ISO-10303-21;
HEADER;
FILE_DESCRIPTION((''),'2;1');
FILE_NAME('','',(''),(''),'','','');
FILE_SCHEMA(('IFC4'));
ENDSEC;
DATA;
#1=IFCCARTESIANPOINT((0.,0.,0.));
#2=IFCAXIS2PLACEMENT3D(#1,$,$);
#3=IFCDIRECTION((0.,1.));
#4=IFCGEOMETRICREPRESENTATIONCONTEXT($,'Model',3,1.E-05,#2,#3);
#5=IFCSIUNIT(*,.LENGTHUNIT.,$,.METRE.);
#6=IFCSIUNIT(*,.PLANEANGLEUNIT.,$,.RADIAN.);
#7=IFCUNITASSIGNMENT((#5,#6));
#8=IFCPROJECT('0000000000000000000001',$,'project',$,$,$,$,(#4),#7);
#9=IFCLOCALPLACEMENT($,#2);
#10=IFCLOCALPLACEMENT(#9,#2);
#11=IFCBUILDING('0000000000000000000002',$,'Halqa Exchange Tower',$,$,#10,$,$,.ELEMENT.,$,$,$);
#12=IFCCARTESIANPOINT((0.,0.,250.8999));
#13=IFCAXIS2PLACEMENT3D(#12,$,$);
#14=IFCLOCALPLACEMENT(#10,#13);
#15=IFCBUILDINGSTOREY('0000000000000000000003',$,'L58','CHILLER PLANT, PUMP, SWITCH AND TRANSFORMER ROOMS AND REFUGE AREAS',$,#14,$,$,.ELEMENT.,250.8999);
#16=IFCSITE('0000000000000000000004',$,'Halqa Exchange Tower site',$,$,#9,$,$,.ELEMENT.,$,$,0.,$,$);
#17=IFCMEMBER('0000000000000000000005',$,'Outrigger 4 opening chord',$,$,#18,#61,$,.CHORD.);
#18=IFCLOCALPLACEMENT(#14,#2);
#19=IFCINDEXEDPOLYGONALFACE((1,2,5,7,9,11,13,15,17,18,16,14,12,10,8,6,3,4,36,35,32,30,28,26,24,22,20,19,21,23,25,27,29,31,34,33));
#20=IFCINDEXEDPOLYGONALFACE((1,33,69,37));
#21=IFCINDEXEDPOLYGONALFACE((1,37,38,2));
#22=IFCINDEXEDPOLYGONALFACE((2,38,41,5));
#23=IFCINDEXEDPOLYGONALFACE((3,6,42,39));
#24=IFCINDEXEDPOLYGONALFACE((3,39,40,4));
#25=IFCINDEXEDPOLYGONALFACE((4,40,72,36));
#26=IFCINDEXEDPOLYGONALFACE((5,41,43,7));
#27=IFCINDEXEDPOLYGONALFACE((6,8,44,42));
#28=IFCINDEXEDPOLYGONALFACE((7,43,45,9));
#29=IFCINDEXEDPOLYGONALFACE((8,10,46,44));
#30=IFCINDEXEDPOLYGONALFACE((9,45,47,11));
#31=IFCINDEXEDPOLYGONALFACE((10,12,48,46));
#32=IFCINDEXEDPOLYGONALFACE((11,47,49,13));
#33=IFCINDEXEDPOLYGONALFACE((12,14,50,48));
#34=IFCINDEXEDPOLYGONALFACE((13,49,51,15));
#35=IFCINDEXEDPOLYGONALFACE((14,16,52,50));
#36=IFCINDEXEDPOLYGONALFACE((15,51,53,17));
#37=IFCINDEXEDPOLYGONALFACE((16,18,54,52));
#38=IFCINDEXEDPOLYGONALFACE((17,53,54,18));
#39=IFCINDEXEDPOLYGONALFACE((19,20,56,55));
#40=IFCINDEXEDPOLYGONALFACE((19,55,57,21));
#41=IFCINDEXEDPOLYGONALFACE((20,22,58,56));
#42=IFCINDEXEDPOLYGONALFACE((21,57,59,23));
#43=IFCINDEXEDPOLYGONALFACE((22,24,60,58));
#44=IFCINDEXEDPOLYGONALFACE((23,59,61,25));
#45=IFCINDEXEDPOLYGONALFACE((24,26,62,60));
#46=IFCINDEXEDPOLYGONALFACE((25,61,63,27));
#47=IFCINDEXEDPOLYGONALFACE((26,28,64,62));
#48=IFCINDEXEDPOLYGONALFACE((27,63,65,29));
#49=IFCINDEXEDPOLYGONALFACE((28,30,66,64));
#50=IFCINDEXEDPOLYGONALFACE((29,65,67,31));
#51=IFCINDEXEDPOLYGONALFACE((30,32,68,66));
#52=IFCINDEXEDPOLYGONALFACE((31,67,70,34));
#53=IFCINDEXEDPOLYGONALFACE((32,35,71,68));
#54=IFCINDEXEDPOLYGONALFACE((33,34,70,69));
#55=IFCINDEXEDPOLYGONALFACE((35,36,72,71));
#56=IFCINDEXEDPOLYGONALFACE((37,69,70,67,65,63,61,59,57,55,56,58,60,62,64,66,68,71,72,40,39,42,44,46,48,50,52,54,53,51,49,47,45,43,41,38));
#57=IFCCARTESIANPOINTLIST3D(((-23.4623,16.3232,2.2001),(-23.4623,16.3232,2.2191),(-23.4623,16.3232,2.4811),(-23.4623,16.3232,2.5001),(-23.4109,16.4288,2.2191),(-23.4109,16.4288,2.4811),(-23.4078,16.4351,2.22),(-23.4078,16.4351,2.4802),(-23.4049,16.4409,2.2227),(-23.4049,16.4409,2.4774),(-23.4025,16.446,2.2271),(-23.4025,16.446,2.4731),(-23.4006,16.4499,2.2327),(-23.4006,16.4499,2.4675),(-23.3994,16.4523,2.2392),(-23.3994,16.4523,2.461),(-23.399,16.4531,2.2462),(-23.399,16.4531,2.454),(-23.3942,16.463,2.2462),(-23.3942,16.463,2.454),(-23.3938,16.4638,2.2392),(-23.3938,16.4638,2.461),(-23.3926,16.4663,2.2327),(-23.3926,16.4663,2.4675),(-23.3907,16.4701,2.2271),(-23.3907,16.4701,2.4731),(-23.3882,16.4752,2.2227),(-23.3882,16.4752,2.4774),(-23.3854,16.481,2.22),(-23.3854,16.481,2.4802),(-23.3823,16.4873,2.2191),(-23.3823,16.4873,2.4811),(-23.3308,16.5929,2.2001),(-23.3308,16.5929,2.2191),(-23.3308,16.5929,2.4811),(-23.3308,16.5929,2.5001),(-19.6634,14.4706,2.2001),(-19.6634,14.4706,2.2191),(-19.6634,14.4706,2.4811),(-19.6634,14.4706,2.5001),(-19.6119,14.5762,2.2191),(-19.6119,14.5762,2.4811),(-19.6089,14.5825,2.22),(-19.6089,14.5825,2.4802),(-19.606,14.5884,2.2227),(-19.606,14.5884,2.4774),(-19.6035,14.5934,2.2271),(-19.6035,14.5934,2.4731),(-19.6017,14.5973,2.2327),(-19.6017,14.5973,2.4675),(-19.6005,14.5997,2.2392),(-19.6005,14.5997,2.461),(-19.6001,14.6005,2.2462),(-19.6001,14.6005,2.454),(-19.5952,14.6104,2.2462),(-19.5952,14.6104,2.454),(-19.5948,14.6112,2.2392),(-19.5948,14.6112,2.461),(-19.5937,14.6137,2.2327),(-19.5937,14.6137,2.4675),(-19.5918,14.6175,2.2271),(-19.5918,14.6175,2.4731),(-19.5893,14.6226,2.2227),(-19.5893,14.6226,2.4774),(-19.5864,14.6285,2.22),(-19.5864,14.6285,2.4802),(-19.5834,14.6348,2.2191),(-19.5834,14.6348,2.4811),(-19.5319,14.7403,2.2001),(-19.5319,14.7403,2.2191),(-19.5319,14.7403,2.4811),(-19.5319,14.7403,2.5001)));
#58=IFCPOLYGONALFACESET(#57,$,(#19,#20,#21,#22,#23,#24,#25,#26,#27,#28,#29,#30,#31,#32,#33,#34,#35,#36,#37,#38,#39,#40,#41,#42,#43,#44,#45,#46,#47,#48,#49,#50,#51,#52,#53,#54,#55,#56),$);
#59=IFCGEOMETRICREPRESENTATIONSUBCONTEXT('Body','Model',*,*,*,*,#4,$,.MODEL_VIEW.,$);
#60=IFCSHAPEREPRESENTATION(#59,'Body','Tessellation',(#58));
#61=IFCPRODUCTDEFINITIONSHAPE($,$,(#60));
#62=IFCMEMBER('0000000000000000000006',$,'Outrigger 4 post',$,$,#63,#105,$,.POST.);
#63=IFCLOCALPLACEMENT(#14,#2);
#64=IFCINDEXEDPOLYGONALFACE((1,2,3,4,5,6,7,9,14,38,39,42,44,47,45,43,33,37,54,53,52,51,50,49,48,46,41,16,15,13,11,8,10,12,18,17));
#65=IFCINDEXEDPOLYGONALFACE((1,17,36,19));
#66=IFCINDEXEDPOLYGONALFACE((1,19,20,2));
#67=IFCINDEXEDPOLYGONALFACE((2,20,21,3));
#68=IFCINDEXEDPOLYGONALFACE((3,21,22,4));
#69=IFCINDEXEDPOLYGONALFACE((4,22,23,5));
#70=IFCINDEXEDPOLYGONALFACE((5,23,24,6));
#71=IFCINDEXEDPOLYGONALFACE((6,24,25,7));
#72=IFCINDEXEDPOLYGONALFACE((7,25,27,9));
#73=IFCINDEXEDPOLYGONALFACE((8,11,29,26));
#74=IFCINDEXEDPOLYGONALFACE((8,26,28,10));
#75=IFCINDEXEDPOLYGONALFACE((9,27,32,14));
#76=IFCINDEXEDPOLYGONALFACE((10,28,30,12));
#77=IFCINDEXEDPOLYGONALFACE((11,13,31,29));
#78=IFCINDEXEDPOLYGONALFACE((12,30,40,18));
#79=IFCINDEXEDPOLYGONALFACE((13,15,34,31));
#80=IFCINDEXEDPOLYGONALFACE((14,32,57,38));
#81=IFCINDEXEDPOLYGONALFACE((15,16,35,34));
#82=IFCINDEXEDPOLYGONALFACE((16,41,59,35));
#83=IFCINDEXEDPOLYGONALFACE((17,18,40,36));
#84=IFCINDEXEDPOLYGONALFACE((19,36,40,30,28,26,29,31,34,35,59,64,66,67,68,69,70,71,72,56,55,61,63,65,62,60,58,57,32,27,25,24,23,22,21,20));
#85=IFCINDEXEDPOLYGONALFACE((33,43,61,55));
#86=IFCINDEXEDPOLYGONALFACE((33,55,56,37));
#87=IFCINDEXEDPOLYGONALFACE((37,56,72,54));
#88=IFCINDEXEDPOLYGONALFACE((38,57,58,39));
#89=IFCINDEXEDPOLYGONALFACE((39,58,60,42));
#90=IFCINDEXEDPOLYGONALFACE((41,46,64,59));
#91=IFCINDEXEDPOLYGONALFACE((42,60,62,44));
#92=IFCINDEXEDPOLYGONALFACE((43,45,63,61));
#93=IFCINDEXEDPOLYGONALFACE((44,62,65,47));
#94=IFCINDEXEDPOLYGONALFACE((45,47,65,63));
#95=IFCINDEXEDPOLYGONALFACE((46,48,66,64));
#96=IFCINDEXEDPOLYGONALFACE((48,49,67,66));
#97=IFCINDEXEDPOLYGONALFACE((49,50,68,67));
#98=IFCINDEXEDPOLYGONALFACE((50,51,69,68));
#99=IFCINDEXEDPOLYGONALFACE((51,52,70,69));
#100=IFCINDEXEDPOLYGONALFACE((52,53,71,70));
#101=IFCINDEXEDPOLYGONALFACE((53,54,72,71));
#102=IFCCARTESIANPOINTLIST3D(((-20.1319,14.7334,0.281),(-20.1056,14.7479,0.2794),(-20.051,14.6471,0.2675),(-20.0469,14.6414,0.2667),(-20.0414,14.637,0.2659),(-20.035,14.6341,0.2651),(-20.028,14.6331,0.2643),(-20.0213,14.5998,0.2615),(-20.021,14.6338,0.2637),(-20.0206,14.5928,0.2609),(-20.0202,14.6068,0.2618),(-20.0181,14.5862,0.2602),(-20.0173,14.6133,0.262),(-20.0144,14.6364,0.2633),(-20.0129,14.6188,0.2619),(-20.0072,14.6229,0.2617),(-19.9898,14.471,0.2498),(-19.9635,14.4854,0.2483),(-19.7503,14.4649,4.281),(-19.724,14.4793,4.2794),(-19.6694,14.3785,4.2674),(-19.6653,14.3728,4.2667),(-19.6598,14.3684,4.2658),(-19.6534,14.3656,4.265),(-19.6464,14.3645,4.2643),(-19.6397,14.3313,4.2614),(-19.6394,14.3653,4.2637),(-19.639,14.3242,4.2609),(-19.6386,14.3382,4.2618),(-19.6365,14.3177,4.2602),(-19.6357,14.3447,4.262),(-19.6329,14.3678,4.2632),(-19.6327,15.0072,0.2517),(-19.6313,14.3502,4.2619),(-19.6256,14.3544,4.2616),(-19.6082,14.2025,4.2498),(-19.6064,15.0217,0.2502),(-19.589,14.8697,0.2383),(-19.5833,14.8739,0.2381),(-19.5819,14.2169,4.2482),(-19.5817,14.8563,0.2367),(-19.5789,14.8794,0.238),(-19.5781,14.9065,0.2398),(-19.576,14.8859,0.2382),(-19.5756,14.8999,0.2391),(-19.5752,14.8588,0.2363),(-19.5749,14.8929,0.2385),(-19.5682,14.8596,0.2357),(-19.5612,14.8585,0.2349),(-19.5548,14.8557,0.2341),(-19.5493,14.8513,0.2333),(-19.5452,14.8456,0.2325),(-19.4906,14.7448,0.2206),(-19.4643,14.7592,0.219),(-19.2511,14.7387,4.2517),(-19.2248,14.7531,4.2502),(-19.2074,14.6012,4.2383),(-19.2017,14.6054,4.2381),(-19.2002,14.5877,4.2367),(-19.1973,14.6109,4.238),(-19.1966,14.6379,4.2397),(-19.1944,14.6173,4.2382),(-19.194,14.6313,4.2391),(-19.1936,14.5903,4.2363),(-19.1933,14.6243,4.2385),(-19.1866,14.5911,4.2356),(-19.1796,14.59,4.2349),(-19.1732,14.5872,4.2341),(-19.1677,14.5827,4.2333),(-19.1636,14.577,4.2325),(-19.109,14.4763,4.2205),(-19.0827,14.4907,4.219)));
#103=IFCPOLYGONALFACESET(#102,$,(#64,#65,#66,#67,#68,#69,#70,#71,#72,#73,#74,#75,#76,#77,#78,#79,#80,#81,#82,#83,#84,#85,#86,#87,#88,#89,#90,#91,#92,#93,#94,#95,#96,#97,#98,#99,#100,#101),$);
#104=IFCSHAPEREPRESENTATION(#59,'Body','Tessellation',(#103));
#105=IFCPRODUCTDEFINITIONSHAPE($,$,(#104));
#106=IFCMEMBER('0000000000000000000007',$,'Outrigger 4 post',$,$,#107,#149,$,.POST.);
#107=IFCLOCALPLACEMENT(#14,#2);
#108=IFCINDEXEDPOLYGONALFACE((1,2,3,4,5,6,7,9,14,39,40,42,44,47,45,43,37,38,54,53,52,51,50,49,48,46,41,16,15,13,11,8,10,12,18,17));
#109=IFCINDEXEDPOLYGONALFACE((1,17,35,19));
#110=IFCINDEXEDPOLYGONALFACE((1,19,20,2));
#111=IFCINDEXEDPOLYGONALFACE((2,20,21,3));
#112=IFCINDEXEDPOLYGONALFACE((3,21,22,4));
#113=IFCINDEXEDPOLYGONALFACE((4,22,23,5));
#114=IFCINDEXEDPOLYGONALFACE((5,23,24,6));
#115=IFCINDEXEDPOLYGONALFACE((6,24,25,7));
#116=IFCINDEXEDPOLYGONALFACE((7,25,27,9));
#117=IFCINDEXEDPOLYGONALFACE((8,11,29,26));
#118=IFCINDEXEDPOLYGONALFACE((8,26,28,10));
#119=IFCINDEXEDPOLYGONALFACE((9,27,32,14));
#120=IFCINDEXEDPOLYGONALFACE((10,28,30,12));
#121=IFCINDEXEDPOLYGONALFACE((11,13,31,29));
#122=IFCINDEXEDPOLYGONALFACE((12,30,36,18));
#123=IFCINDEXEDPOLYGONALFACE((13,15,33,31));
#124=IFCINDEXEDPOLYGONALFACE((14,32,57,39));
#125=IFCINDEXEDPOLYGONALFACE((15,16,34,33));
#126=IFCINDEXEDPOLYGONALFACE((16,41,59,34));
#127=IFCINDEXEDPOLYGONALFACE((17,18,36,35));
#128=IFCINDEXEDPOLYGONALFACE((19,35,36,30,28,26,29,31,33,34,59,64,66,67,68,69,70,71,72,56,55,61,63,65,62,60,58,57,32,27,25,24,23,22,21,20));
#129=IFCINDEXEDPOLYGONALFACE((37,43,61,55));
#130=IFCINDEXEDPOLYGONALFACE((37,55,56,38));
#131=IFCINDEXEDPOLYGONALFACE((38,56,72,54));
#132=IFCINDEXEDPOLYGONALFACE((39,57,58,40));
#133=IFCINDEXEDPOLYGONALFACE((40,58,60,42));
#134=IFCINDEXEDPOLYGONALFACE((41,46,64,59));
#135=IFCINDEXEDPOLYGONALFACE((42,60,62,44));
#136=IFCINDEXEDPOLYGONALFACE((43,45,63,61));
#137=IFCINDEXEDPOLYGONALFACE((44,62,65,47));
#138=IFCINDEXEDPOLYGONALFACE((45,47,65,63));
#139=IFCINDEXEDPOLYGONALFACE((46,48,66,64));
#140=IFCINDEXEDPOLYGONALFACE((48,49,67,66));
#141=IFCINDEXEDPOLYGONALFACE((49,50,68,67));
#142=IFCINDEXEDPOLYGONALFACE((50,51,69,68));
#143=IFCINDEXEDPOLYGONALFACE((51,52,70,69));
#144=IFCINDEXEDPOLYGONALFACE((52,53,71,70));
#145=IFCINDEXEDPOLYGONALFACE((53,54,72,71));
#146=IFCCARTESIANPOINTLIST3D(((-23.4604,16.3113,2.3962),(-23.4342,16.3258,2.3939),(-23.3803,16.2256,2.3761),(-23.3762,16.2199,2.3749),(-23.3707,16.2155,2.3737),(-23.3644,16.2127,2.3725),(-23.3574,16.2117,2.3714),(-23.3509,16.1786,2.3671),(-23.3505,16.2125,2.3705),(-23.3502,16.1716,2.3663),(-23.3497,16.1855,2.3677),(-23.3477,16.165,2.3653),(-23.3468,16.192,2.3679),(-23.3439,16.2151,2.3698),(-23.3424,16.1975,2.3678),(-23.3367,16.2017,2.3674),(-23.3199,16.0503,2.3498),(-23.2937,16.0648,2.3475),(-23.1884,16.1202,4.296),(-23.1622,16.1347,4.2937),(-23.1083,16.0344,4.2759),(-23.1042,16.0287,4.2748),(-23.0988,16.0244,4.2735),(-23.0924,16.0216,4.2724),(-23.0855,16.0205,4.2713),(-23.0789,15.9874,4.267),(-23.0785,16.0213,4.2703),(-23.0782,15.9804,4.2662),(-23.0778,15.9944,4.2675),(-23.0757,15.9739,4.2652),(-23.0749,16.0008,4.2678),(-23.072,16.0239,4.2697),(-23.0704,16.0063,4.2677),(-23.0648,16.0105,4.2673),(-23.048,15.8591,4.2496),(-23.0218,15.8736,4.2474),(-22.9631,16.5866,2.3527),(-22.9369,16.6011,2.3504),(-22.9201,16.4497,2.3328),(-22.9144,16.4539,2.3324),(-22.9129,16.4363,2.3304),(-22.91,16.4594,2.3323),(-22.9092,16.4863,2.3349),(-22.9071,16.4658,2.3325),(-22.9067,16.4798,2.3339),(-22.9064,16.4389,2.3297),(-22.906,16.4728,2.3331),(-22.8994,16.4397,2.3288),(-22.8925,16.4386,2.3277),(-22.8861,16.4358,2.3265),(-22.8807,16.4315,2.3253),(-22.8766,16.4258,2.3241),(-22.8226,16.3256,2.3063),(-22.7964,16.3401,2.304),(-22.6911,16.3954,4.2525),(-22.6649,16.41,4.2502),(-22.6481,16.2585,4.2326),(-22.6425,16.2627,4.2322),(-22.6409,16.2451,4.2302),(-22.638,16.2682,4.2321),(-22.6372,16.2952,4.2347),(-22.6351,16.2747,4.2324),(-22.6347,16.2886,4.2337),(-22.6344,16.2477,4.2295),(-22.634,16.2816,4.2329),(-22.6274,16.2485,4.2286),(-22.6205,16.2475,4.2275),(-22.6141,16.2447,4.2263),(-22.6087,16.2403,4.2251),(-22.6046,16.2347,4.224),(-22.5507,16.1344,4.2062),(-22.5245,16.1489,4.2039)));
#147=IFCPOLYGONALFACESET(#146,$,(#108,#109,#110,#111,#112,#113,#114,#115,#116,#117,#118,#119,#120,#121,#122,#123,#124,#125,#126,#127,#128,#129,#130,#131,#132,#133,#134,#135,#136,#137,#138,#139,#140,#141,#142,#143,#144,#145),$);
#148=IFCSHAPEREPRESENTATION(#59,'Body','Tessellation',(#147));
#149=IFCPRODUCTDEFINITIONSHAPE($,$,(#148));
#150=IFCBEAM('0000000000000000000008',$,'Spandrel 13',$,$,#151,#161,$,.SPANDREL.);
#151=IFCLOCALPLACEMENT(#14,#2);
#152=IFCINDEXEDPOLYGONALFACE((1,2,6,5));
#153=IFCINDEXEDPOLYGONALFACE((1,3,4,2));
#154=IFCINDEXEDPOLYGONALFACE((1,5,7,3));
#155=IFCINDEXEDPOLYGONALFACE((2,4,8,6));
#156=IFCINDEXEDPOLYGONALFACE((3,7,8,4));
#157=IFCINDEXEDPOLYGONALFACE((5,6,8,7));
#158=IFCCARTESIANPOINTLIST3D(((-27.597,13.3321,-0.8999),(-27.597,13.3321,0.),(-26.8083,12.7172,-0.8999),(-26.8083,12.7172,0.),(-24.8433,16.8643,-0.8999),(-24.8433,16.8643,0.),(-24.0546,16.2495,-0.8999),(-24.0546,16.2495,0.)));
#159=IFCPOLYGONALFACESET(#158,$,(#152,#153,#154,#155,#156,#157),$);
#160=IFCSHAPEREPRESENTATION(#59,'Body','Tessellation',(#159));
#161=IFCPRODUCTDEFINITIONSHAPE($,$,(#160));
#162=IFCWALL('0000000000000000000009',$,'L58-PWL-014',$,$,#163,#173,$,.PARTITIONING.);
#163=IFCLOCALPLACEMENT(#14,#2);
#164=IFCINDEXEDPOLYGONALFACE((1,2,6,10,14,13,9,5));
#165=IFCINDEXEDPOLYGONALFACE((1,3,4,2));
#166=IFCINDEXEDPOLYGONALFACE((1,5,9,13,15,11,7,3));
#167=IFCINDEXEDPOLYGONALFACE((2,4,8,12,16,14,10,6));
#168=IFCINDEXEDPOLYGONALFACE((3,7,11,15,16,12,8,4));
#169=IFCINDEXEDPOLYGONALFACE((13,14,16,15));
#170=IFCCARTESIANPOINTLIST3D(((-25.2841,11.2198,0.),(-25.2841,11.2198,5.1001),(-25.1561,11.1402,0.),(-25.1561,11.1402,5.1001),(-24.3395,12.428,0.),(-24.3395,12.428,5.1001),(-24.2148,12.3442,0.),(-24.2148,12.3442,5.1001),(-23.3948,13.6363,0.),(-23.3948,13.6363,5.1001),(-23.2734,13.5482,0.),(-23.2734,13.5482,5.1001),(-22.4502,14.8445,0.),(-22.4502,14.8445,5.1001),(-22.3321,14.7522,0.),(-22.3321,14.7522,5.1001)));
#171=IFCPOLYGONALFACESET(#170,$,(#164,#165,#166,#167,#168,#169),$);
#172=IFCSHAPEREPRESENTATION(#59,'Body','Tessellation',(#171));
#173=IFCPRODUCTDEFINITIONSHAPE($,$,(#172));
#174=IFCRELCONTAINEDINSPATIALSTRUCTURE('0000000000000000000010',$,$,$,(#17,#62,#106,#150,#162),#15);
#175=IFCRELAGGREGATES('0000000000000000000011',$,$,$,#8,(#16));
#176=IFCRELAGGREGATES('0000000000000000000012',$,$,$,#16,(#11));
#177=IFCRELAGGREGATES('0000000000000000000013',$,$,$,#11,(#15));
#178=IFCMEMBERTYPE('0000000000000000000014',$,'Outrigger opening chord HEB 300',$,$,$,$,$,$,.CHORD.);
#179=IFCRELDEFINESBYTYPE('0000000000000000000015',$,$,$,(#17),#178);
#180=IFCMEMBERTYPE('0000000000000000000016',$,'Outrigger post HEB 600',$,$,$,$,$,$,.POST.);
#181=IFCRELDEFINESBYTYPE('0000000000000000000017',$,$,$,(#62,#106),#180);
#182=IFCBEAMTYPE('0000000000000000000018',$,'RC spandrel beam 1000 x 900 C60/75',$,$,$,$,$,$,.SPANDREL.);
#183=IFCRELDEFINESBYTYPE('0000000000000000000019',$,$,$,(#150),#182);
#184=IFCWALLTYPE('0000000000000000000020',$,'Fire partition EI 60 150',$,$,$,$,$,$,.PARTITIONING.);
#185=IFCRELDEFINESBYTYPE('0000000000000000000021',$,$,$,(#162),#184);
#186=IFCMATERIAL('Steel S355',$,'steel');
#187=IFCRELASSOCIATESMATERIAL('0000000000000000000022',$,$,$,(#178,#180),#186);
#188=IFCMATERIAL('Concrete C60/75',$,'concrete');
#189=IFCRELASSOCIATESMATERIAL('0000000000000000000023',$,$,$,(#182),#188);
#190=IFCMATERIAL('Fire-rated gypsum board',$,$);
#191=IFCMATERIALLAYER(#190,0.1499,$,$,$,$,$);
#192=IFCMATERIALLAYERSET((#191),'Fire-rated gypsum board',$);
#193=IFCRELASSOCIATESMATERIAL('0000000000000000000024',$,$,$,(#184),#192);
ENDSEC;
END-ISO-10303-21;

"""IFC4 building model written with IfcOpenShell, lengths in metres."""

from ifc_helpers import new_model, si_unit, direction, frame, origin, origin_2d, place, context, subcontext, project, spatial, polyline, rectangle, i_section, outline, extrude, material, layer, layer_set, material_profile, profile_set, type_object, element, save


model = new_model("IFC4")

# Units and contexts
model_context = context("Model", 3, precision=1e-05, world=origin(), true_north=direction((0.0, 1.0)))
body_context = subcontext(model_context, "Body", "Model", "MODEL_VIEW")
ifc_project = project(units=[si_unit("LENGTHUNIT", "METRE"), si_unit("PLANEANGLEUNIT", "RADIAN")], contexts=[model_context])

# Site, building, storey
site_placement = place(None, origin())
site = spatial("IfcSite", under=ifc_project, at=site_placement, Name="Halqa Exchange Tower site", CompositionType="ELEMENT", RefElevation=0.0)
building_placement = place(site_placement, origin())
building = spatial("IfcBuilding", under=site, at=building_placement, Name="Halqa Exchange Tower", CompositionType="ELEMENT")
storey_placement = place(building_placement, frame((0.0, 0.0, 250.8999)))
storey = spatial("IfcBuildingStorey", under=building, at=storey_placement, Name="L58", Description="CHILLER PLANT, PUMP, SWITCH AND TRANSFORMER ROOMS AND REFUGE AREAS", CompositionType="ELEMENT", Elevation=250.8999)

# Shared definitions
ifc_material_1 = material(Name="Concrete C60/75", Category="concrete")

# Members
ifc_material_2 = material(Name="Steel S355", Category="steel")
ifc_material_profile_1 = material_profile(ifc_material_2, i_section(OverallWidth=0.3, OverallDepth=0.3, WebThickness=0.011, FlangeThickness=0.019, FilletRadius=0.0271, at=origin_2d()), Name="HEB 300")
ifc_profile_set_1 = profile_set([ifc_material_profile_1], Name="Steel S355")
member_type_1 = type_object("IfcMemberType", Name="Outrigger opening chord HEB 300", PredefinedType="CHORD", material=ifc_profile_set_1)
member_1_placement = place(storey_placement, frame((-19.5977, 14.6055, 2.3501), z_axis=(-0.89882, 0.438319, 0.0), x_axis=(-0.438319, -0.89882, 0.0)))
element("IfcMember", 1, at=member_1_placement, inside=storey, type_object=member_type_1, Name="Outrigger 4 opening chord", PredefinedType="CHORD", context=body_context, shape_type="SweptSolid", body=[
    extrude(i_section(OverallWidth=0.3, OverallDepth=0.3, WebThickness=0.011, FlangeThickness=0.019, FilletRadius=0.0271, at=origin_2d()), origin(), (0.0, 0.0, 1.0), 4.2266),
])
ifc_material_profile_2 = material_profile(ifc_material_2, i_section(OverallWidth=0.3, OverallDepth=0.6001, WebThickness=0.0154, FlangeThickness=0.03, FilletRadius=0.0271, at=origin_2d()), Name="HEB 600")
ifc_profile_set_2 = profile_set([ifc_material_profile_2], Name="Steel S355")
member_type_2 = type_object("IfcMemberType", Name="Outrigger post HEB 600", PredefinedType="POST", material=ifc_profile_set_2)
member_2_placement = place(storey_placement, frame((-19.7981, 14.7463, 0.25), z_axis=(0.094755, -0.066686, 0.993264), x_axis=(0.473631, -0.874573, -0.103901)))
element("IfcMember", 2, at=member_2_placement, inside=storey, type_object=member_type_2, Name="Outrigger 4 post", PredefinedType="POST", context=body_context, shape_type="SweptSolid", body=[
    extrude(i_section(OverallWidth=0.3, OverallDepth=0.6001, WebThickness=0.0154, FlangeThickness=0.03, FilletRadius=0.0271, at=origin_2d()), origin(), (0.0, 0.0, 1.0), 4.0271),
])
member_3_placement = place(storey_placement, frame((-23.1284, 16.3257, 2.3501), z_axis=(0.141009, -0.099111, 0.985035), x_axis=(0.468122, -0.870043, -0.154553)))
element("IfcMember", 3, at=member_3_placement, inside=storey, type_object=member_type_2, Name="Outrigger 4 post", PredefinedType="POST", context=body_context, shape_type="SweptSolid", body=[
    extrude(i_section(OverallWidth=0.3, OverallDepth=0.6001, WebThickness=0.0154, FlangeThickness=0.03, FilletRadius=0.0271, at=origin_2d()), origin(), (0.0, 0.0, 1.0), 1.9287),
])

# Beam
ifc_material_profile_3 = material_profile(ifc_material_1, rectangle(XDim=1.0, YDim=0.8999, at=origin_2d()), Name="1000 x 900")
ifc_profile_set_3 = profile_set([ifc_material_profile_3], Name="Concrete C60/75")
beam_type = type_object("IfcBeamType", Name="RC spandrel beam 1000 x 900 C60/75", PredefinedType="SPANDREL", material=ifc_profile_set_3)
beam_placement = place(storey_placement, frame((-24.449, 16.5569, -0.45), z_axis=(-0.614827, -0.788662, 0.0), x_axis=(0.788662, -0.614827, 0.0)))
element("IfcBeam", 4, at=beam_placement, inside=storey, type_object=beam_type, Name="Spandrel 13", PredefinedType="SPANDREL", context=body_context, shape_type="SweptSolid", body=[
    extrude(rectangle(XDim=1.0, YDim=0.8999, at=origin_2d()), origin(), (0.0, 0.0, 1.0), 4.4788),
])

# Wall
ifc_material_3 = material(Name="Fire-rated gypsum board")
ifc_layer_1 = layer(ifc_material_3, 0.1499)
ifc_layer_set_1 = layer_set([ifc_layer_1], Name="Fire-rated gypsum board")
wall_type_1 = type_object("IfcWallType", Name="Fire partition EI 60 150", PredefinedType="PARTITIONING", material=ifc_layer_set_1)
wall_1_placement = place(storey_placement, frame((-22.3911, 14.7983, 0.0), z_axis=(0.0, 0.0, 1.0), x_axis=(-0.615933, -0.787798, 0.0)))
element("IfcWall", 5, at=wall_1_placement, inside=storey, type_object=wall_type_1, Name="L58-PWL-014", PredefinedType="PARTITIONING", context=body_context, shape_type="SweptSolid", body=[
    extrude(outline(polyline([(0.0, -0.075), (1.5337, -0.075), (3.0674, -0.075), (4.6011, -0.075), (4.585, 0.075), (3.0566, 0.075), (1.5283, 0.075), (0.0, 0.075), (0.0, -0.075)])), origin(), (0.0, 0.0, 1.0), 5.1001),
])

save(model, "model.ifc")
